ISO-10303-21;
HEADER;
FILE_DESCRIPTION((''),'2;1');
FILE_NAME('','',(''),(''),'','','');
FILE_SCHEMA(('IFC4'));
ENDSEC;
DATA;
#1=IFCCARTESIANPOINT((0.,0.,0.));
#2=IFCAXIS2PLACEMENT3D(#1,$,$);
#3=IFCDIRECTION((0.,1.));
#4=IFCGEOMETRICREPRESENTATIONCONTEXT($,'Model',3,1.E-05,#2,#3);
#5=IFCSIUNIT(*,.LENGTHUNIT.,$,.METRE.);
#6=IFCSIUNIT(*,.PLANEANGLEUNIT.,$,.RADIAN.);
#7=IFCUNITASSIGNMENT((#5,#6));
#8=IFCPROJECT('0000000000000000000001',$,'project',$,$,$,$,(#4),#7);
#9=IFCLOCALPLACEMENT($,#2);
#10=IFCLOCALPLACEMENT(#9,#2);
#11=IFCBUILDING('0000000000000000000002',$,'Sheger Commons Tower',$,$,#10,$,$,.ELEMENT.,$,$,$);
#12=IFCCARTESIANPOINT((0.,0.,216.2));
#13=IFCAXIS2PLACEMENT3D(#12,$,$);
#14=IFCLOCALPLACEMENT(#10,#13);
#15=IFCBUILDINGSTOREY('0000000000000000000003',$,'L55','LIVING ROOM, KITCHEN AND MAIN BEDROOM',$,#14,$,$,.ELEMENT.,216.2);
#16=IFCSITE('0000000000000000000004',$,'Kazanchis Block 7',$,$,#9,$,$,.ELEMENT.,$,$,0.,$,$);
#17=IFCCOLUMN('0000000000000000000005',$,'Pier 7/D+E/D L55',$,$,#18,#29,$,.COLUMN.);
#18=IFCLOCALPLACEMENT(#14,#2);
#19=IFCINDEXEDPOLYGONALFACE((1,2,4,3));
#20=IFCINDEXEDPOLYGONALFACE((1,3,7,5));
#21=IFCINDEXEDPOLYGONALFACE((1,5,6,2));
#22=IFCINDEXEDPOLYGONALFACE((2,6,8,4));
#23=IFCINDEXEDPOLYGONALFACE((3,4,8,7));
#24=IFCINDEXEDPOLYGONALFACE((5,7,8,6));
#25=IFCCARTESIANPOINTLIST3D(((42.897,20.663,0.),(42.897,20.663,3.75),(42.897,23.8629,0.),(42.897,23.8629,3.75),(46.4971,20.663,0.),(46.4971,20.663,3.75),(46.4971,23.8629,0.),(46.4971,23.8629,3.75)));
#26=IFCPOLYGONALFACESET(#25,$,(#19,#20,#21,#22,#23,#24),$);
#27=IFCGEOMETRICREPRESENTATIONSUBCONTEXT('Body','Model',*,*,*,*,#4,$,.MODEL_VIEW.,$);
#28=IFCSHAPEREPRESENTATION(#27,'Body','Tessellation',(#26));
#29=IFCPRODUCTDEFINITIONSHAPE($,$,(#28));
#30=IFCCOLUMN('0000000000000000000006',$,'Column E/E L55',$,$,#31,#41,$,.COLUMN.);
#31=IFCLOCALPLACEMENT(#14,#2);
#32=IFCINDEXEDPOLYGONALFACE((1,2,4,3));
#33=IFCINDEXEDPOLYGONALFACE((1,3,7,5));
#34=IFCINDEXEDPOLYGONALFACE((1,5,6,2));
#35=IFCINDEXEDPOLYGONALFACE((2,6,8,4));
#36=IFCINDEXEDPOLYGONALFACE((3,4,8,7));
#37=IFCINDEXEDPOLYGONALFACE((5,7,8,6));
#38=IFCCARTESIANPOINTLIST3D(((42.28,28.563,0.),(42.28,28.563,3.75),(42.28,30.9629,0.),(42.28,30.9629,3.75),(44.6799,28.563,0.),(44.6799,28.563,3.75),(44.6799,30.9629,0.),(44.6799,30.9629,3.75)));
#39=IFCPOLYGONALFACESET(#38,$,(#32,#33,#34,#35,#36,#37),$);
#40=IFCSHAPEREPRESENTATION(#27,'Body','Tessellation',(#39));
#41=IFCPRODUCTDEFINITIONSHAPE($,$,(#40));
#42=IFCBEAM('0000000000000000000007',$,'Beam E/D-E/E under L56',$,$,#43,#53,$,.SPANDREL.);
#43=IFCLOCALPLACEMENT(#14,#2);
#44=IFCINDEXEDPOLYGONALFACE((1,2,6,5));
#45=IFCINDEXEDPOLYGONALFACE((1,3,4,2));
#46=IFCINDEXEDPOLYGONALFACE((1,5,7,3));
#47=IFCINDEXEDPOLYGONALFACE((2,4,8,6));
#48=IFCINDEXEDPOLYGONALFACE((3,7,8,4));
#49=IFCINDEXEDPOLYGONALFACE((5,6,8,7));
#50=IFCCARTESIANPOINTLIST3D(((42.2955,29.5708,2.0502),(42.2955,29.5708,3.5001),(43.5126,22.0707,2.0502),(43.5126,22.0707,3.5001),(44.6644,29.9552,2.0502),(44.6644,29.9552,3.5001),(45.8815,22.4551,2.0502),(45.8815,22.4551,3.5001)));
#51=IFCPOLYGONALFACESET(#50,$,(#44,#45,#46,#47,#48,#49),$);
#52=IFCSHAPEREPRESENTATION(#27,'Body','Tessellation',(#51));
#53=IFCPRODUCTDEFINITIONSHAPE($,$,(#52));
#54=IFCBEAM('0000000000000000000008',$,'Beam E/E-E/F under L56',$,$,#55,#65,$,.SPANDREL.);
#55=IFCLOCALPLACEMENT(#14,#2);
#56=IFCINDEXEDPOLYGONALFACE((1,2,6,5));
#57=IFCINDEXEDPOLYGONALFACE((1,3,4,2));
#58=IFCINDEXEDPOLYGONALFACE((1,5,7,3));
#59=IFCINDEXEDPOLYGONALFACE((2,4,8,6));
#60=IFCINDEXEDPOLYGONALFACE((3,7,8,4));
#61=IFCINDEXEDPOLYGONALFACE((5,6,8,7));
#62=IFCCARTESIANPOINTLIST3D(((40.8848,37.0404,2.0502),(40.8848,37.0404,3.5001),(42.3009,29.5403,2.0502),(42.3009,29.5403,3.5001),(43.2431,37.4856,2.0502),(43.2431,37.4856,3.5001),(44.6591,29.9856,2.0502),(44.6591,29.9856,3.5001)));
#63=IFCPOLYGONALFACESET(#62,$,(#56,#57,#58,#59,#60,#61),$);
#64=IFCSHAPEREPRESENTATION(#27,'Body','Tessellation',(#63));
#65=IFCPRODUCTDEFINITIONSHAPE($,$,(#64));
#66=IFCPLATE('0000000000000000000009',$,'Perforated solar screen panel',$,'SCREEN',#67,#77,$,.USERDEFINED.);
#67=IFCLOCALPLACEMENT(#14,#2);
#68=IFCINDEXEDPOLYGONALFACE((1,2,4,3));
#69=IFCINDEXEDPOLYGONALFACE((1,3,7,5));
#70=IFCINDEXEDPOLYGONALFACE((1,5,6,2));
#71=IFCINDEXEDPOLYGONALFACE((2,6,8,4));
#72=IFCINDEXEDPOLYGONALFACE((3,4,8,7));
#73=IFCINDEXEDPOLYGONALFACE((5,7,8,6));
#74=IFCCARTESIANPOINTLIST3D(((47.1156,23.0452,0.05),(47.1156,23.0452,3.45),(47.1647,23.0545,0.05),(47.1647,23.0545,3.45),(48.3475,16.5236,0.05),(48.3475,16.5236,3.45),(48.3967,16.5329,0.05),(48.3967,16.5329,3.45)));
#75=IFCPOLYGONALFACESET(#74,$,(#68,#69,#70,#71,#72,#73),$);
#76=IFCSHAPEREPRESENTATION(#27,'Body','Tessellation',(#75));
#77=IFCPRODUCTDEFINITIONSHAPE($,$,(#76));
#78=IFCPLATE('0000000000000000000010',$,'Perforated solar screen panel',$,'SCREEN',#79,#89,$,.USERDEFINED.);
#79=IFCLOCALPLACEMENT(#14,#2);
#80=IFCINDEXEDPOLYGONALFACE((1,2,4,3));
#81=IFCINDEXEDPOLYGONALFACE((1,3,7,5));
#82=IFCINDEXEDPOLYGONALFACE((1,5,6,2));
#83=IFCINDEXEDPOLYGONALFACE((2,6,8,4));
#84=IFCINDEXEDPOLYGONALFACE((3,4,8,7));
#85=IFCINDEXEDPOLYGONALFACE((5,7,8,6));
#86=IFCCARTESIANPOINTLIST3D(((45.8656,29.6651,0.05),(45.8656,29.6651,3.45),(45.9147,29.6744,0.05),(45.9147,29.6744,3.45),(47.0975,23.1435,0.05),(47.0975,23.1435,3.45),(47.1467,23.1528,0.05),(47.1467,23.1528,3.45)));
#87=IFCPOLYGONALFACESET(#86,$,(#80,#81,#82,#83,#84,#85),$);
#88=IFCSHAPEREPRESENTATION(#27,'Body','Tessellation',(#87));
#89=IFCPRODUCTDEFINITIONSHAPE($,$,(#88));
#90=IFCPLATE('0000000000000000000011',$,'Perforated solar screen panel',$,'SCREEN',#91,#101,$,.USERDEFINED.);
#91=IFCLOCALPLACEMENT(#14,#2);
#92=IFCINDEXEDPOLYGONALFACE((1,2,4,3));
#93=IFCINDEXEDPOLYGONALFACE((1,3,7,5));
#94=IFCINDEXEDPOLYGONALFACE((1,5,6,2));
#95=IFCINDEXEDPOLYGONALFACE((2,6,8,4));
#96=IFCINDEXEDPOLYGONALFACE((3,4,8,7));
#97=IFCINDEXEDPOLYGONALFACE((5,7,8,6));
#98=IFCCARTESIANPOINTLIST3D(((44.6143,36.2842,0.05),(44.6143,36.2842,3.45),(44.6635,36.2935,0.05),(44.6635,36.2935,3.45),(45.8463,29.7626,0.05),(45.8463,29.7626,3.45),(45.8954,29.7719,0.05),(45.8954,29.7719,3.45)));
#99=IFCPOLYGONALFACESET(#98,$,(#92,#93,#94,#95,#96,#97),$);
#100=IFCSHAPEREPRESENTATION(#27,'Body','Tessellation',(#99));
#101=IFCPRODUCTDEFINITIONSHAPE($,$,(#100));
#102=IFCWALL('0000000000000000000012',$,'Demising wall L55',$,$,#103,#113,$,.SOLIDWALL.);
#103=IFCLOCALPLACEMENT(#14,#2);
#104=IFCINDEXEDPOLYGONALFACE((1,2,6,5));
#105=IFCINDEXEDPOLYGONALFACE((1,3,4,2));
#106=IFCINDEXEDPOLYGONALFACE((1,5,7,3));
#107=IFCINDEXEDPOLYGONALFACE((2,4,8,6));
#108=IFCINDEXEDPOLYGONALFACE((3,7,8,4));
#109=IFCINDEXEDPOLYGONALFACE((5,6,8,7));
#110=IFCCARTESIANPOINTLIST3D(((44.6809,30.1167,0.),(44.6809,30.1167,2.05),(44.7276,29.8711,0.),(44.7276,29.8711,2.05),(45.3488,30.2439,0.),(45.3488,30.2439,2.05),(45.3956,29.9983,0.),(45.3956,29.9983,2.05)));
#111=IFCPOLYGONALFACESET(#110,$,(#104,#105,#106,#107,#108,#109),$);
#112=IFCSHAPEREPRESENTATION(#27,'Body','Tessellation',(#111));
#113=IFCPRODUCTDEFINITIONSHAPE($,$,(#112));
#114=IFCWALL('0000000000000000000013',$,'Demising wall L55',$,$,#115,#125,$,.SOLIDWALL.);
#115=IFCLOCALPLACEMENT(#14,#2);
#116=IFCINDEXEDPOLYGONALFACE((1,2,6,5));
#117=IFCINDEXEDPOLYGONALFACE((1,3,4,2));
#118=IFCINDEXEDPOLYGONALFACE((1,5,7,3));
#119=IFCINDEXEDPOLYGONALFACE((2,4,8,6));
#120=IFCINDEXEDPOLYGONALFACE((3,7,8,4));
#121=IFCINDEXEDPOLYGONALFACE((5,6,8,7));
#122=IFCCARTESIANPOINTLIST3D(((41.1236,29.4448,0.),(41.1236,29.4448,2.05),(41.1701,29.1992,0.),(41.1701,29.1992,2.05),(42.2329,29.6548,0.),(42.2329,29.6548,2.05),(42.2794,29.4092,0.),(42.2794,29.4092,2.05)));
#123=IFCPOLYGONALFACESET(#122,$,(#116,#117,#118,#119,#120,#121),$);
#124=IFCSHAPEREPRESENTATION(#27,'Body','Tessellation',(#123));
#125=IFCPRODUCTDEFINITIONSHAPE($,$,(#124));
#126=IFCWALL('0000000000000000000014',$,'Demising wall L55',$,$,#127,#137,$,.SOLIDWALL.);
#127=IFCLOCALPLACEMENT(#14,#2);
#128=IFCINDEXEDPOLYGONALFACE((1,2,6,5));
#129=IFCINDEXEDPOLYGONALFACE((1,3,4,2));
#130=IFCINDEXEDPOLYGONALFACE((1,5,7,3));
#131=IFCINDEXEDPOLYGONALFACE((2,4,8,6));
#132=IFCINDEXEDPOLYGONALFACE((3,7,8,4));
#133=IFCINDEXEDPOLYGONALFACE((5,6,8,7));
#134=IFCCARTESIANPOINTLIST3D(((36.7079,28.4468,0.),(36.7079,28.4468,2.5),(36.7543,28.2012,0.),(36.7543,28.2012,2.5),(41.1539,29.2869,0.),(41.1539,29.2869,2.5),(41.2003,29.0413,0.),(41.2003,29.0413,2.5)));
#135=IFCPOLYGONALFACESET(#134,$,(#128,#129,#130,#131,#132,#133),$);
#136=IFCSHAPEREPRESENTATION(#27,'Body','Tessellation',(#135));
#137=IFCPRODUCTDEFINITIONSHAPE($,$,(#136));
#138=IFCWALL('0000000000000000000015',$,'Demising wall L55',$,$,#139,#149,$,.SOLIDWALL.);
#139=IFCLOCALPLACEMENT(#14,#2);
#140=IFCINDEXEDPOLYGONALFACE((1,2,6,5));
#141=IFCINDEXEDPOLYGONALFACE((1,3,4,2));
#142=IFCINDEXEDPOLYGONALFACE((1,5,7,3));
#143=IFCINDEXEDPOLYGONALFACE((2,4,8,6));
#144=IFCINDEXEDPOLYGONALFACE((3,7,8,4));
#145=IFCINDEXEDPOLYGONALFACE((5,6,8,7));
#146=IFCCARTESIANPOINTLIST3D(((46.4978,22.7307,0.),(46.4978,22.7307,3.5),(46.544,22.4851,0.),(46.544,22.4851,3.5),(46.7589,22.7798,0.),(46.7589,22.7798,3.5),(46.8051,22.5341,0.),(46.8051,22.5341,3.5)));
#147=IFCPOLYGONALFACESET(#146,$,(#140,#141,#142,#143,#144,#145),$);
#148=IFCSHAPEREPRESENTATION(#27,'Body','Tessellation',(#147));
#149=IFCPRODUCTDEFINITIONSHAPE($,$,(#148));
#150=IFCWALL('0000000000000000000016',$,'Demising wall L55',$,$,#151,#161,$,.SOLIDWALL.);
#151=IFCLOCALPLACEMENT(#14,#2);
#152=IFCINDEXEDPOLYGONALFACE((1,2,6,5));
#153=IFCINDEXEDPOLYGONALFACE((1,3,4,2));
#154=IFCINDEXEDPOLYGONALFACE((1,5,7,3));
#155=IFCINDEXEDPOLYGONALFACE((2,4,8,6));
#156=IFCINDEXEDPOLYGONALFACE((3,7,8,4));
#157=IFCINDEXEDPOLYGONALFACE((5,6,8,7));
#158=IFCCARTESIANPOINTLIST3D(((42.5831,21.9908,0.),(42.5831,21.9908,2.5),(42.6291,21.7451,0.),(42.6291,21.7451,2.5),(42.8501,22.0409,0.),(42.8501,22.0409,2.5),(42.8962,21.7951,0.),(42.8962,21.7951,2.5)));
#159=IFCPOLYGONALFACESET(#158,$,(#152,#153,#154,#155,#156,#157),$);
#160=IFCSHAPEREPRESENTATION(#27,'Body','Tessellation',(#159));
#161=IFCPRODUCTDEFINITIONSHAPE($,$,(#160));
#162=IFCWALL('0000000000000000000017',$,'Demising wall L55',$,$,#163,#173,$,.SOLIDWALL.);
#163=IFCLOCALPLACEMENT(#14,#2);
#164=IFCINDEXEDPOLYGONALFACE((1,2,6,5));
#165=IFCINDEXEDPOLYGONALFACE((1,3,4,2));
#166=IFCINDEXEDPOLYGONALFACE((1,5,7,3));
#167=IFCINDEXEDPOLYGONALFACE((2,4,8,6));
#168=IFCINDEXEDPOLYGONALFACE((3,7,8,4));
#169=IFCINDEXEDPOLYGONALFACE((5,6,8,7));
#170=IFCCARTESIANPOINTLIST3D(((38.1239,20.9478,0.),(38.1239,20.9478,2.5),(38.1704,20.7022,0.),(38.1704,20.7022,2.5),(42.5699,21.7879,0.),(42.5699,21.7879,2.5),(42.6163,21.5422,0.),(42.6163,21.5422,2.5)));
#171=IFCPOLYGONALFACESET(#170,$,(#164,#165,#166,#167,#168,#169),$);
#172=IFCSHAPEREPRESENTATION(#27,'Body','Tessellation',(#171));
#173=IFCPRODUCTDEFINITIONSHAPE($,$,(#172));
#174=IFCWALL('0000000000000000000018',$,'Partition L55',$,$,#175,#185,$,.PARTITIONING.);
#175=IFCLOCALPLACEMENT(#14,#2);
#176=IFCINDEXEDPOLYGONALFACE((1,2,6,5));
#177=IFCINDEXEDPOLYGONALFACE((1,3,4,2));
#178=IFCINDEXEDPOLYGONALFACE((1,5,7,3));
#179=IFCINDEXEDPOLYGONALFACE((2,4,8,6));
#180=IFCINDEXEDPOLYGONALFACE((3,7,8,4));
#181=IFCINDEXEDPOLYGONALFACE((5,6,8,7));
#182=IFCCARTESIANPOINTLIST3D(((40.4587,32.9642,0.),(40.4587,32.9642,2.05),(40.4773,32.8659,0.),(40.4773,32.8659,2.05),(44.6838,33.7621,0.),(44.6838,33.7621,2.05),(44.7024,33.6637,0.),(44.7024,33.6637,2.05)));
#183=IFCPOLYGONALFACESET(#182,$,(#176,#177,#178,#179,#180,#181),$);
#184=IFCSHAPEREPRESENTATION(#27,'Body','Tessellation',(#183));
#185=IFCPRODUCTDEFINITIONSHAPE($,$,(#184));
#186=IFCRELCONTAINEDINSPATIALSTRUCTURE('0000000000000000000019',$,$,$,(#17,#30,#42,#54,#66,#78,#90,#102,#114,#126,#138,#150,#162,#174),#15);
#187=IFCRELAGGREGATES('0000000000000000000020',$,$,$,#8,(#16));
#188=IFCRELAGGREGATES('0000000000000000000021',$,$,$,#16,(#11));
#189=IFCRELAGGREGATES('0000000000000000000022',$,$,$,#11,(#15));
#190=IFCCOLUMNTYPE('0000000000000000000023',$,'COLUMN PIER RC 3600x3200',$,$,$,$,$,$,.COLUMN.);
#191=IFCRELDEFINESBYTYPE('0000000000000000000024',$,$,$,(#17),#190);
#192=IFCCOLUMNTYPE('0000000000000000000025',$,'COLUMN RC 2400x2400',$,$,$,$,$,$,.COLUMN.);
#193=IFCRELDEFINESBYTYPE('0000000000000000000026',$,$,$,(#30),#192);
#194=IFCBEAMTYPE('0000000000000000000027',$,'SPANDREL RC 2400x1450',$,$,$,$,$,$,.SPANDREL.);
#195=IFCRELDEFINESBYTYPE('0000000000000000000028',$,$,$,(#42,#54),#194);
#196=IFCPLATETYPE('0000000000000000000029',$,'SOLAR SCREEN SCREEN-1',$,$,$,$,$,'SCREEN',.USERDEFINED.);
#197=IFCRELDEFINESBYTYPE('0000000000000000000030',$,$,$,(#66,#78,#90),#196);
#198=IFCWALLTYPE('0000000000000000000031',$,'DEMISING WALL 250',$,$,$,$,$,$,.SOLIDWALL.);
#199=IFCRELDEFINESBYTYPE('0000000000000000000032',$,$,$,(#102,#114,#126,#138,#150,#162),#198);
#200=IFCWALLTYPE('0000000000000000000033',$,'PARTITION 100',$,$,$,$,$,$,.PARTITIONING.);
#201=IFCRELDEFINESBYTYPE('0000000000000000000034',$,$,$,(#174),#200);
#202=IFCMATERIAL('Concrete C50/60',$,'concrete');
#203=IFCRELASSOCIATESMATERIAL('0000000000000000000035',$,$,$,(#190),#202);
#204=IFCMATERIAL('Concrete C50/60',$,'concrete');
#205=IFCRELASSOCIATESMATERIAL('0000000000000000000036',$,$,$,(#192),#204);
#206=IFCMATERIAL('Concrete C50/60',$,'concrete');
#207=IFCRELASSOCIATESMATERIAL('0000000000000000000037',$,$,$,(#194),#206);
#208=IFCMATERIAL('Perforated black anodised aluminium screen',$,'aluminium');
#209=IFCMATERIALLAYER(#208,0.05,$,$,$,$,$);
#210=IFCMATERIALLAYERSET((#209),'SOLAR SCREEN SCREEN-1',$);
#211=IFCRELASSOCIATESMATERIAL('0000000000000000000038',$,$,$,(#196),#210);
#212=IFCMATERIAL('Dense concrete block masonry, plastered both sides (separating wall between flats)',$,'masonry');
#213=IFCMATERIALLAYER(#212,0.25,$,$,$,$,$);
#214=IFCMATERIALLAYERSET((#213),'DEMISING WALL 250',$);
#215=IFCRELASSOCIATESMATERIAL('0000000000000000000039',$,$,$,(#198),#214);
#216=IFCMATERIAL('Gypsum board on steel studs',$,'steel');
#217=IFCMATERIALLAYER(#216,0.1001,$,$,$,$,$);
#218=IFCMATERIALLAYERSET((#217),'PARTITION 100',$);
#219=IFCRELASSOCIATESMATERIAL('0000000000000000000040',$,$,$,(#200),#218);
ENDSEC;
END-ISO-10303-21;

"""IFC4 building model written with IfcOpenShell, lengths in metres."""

from ifc_helpers import new_model, si_unit, direction, frame, frame_2d, origin, origin_2d, place, context, subcontext, project, spatial, rectangle, extrude, material, layer, layer_set, material_profile, profile_set, type_object, element, save


model = new_model("IFC4")

# Units and contexts
model_context = context("Model", 3, precision=1e-05, world=origin(), true_north=direction((0.0, 1.0)))
body_context = subcontext(model_context, "Body", "Model", "MODEL_VIEW")
ifc_project = project(units=[si_unit("LENGTHUNIT", "METRE"), si_unit("PLANEANGLEUNIT", "RADIAN")], contexts=[model_context])

# Site, building, storey
site_placement = place(None, origin())
site = spatial("IfcSite", under=ifc_project, at=site_placement, Name="Kazanchis Block 7", CompositionType="ELEMENT", RefElevation=0.0)
building_placement = place(site_placement, origin())
building = spatial("IfcBuilding", under=site, at=building_placement, Name="Sheger Commons Tower", CompositionType="ELEMENT")
storey_placement = place(building_placement, frame((0.0, 0.0, 216.2)))
storey = spatial("IfcBuildingStorey", under=building, at=storey_placement, Name="L55", Description="LIVING ROOM, KITCHEN AND MAIN BEDROOM", CompositionType="ELEMENT", Elevation=216.2)

# Columns
ifc_material_1 = material(Name="Concrete C50/60", Category="concrete")
ifc_material_profile_1 = material_profile(ifc_material_1, rectangle(XDim=3.6001, YDim=3.2, at=origin_2d()), Name="RC 3600x3200")
ifc_profile_set_1 = profile_set([ifc_material_profile_1], Name="Concrete C50/60")
column_type_1 = type_object("IfcColumnType", Name="COLUMN PIER RC 3600x3200", PredefinedType="COLUMN", material=ifc_profile_set_1)
column_1_placement = place(storey_placement, frame((44.697, 22.2629, 0.0), z_axis=(0.0, 0.0, 1.0), x_axis=(1.0, 0.0, 0.0)))
element("IfcColumn", 1, at=column_1_placement, inside=storey, type_object=column_type_1, Name="Pier 7/D+E/D L55", PredefinedType="COLUMN", context=body_context, shape_type="SweptSolid", body=[
    extrude(rectangle(XDim=3.6001, YDim=3.2, at=origin_2d()), origin(), (0.0, 0.0, 1.0), 3.75),
])
ifc_material_2 = material(Name="Concrete C50/60", Category="concrete")
ifc_material_profile_2 = material_profile(ifc_material_2, rectangle(XDim=2.3999, YDim=2.3999, at=origin_2d()), Name="RC 2400x2400")
ifc_profile_set_2 = profile_set([ifc_material_profile_2], Name="Concrete C50/60")
column_type_2 = type_object("IfcColumnType", Name="COLUMN RC 2400x2400", PredefinedType="COLUMN", material=ifc_profile_set_2)
column_2_placement = place(storey_placement, frame((43.48, 29.7629, 0.0), z_axis=(0.0, 0.0, 1.0), x_axis=(1.0, 0.0, 0.0)))
element("IfcColumn", 2, at=column_2_placement, inside=storey, type_object=column_type_2, Name="Column E/E L55", PredefinedType="COLUMN", context=body_context, shape_type="SweptSolid", body=[
    extrude(rectangle(XDim=2.3999, YDim=2.3999, at=origin_2d()), origin(), (0.0, 0.0, 1.0), 3.75),
])

# Beams
ifc_material_3 = material(Name="Concrete C50/60", Category="concrete")
ifc_material_profile_3 = material_profile(ifc_material_3, rectangle(XDim=2.3999, YDim=1.45, at=origin_2d()), Name="RC 2400x1450")
ifc_profile_set_3 = profile_set([ifc_material_profile_3], Name="Concrete C50/60")
beam_type = type_object("IfcBeamType", Name="SPANDREL RC 2400x1450", PredefinedType="SPANDREL", material=ifc_profile_set_3)
beam_1_placement = place(storey_placement, frame((44.697, 22.2629, 2.7751), z_axis=(-0.160177, 0.987088, 0.0), x_axis=(-0.987088, -0.160177, 0.0)))
element("IfcBeam", 3, at=beam_1_placement, inside=storey, type_object=beam_type, Name="Beam E/D-E/E under L56", PredefinedType="SPANDREL", context=body_context, shape_type="SweptSolid", body=[
    extrude(rectangle(XDim=2.3999, YDim=1.45, at=origin_2d()), origin(), (0.0, 0.0, 1.0), 7.5981),
])
beam_2_placement = place(storey_placement, frame((43.48, 29.7629, 2.7751), z_axis=(-0.185524, 0.98264, 0.0), x_axis=(-0.98264, -0.185524, 0.0)))
element("IfcBeam", 4, at=beam_2_placement, inside=storey, type_object=beam_type, Name="Beam E/E-E/F under L56", PredefinedType="SPANDREL", context=body_context, shape_type="SweptSolid", body=[
    extrude(rectangle(XDim=2.3999, YDim=1.45, at=origin_2d()), origin(), (0.0, 0.0, 1.0), 7.6326),
])

# Plates
ifc_material_4 = material(Name="Perforated black anodised aluminium screen", Category="aluminium")
ifc_layer_1 = layer(ifc_material_4, 0.05)
ifc_layer_set_1 = layer_set([ifc_layer_1], Name="SOLAR SCREEN SCREEN-1")
plate_type = type_object("IfcPlateType", Name="SOLAR SCREEN SCREEN-1", ElementType="SCREEN", PredefinedType="USERDEFINED", material=ifc_layer_set_1)
for number, where, z_axis, x_axis, name in (
    (5, (47.7561, 19.7891, 0.05), (0.0, 0.0, 1.0), (-0.185615, 0.982623, 0.0), "Perforated solar screen panel"),
    (6, (46.5061, 26.4089, 0.05), (0.0, 0.0, 1.0), (-0.185615, 0.982623, 0.0), "Perforated solar screen panel"),
    (7, (45.2549, 33.0281, 0.05), (0.0, 0.0, 1.0), (-0.185615, 0.982623, 0.0), "Perforated solar screen panel"),
):
    element("IfcPlate", number, at=place(storey_placement, frame(where, z_axis=z_axis, x_axis=x_axis)), inside=storey, type_object=plate_type, Name=name, ObjectType="SCREEN", PredefinedType="USERDEFINED", context=body_context, shape_type="SweptSolid", body=[
        extrude(rectangle(XDim=6.637, YDim=0.05, at=origin_2d()), origin(), (0.0, 0.0, 1.0), 3.3999),
    ])

# Walls
ifc_material_5 = material(Name="Dense concrete block masonry, plastered both sides (separating wall between flats)", Category="masonry")
ifc_layer_2 = layer(ifc_material_5, 0.25)
ifc_layer_set_2 = layer_set([ifc_layer_2], Name="DEMISING WALL 250")
wall_type_1 = type_object("IfcWallType", Name="DEMISING WALL 250", PredefinedType="SOLIDWALL", material=ifc_layer_set_2)
wall_1_placement = place(storey_placement, frame((45.3721, 30.1211, 0.0), z_axis=(0.0, 0.0, 1.0), x_axis=(-0.982348, -0.187063, 0.0)))
element("IfcWall", 8, at=wall_1_placement, inside=storey, type_object=wall_type_1, Name="Demising wall L55", PredefinedType="SOLIDWALL", context=body_context, shape_type="SweptSolid", body=[
    extrude(rectangle(XDim=0.6799, YDim=0.25, at=frame_2d((0.3398, 0.0))), origin(), (0.0, 0.0, 1.0), 2.05),
])
wall_2_placement = place(storey_placement, frame((42.2561, 29.532, 0.0), z_axis=(0.0, 0.0, 1.0), x_axis=(-0.98255, -0.185999, 0.0)))
element("IfcWall", 9, at=wall_2_placement, inside=storey, type_object=wall_type_1, Name="Demising wall L55", PredefinedType="SOLIDWALL", context=body_context, shape_type="SweptSolid", body=[
    extrude(rectangle(XDim=1.1289, YDim=0.25, at=frame_2d((0.5645, 0.0))), origin(), (0.0, 0.0, 1.0), 2.05),
])
wall_3_placement = place(storey_placement, frame((41.177, 29.1641, 0.0), z_axis=(0.0, 0.0, 1.0), x_axis=(-0.982613, -0.185666, 0.0)))
element("IfcWall", 10, at=wall_3_placement, inside=storey, type_object=wall_type_1, Name="Demising wall L55", PredefinedType="SOLIDWALL", context=body_context, shape_type="SweptSolid", body=[
    extrude(rectangle(XDim=4.5247, YDim=0.25, at=frame_2d((2.2622, 0.0))), origin(), (0.0, 0.0, 1.0), 2.5),
])
wall_4_placement = place(storey_placement, frame((46.782, 22.657, 0.0), z_axis=(0.0, 0.0, 1.0), x_axis=(-0.982778, -0.184788, 0.0)))
element("IfcWall", 11, at=wall_4_placement, inside=storey, type_object=wall_type_1, Name="Demising wall L55", PredefinedType="SOLIDWALL", context=body_context, shape_type="SweptSolid", body=[
    extrude(rectangle(XDim=0.2656, YDim=0.25, at=frame_2d((0.1328, 0.0))), origin(), (0.0, 0.0, 1.0), 3.5),
])
wall_5_placement = place(storey_placement, frame((42.873, 21.918, 0.0), z_axis=(0.0, 0.0, 1.0), x_axis=(-0.982893, -0.18418, 0.0)))
element("IfcWall", 12, at=wall_5_placement, inside=storey, type_object=wall_type_1, Name="Demising wall L55", PredefinedType="SOLIDWALL", context=body_context, shape_type="SweptSolid", body=[
    extrude(rectangle(XDim=0.2717, YDim=0.25, at=frame_2d((0.1357, 0.0))), origin(), (0.0, 0.0, 1.0), 2.5),
])
wall_6_placement = place(storey_placement, frame((42.593, 21.665, 0.0), z_axis=(0.0, 0.0, 1.0), x_axis=(-0.982613, -0.185666, 0.0)))
element("IfcWall", 13, at=wall_6_placement, inside=storey, type_object=wall_type_1, Name="Demising wall L55", PredefinedType="SOLIDWALL", context=body_context, shape_type="SweptSolid", body=[
    extrude(rectangle(XDim=4.5247, YDim=0.25, at=frame_2d((2.2622, 0.0))), origin(), (0.0, 0.0, 1.0), 2.5),
])
ifc_material_6 = material(Name="Gypsum board on steel studs", Category="steel")
ifc_layer_3 = layer(ifc_material_6, 0.1001)
ifc_layer_set_3 = layer_set([ifc_layer_3], Name="PARTITION 100")
wall_type_2 = type_object("IfcWallType", Name="PARTITION 100", PredefinedType="PARTITIONING", material=ifc_layer_set_3)
wall_7_placement = place(storey_placement, frame((44.6931, 33.7129, 0.0), z_axis=(0.0, 0.0, 1.0), x_axis=(-0.982634, -0.185557, 0.0)))
element("IfcWall", 14, at=wall_7_placement, inside=storey, type_object=wall_type_2, Name="Partition L55", PredefinedType="PARTITIONING", context=body_context, shape_type="SweptSolid", body=[
    extrude(rectangle(XDim=4.2998, YDim=0.1001, at=frame_2d((2.1499, 0.0))), origin(), (0.0, 0.0, 1.0), 2.05),
])

save(model, "model.ifc")
